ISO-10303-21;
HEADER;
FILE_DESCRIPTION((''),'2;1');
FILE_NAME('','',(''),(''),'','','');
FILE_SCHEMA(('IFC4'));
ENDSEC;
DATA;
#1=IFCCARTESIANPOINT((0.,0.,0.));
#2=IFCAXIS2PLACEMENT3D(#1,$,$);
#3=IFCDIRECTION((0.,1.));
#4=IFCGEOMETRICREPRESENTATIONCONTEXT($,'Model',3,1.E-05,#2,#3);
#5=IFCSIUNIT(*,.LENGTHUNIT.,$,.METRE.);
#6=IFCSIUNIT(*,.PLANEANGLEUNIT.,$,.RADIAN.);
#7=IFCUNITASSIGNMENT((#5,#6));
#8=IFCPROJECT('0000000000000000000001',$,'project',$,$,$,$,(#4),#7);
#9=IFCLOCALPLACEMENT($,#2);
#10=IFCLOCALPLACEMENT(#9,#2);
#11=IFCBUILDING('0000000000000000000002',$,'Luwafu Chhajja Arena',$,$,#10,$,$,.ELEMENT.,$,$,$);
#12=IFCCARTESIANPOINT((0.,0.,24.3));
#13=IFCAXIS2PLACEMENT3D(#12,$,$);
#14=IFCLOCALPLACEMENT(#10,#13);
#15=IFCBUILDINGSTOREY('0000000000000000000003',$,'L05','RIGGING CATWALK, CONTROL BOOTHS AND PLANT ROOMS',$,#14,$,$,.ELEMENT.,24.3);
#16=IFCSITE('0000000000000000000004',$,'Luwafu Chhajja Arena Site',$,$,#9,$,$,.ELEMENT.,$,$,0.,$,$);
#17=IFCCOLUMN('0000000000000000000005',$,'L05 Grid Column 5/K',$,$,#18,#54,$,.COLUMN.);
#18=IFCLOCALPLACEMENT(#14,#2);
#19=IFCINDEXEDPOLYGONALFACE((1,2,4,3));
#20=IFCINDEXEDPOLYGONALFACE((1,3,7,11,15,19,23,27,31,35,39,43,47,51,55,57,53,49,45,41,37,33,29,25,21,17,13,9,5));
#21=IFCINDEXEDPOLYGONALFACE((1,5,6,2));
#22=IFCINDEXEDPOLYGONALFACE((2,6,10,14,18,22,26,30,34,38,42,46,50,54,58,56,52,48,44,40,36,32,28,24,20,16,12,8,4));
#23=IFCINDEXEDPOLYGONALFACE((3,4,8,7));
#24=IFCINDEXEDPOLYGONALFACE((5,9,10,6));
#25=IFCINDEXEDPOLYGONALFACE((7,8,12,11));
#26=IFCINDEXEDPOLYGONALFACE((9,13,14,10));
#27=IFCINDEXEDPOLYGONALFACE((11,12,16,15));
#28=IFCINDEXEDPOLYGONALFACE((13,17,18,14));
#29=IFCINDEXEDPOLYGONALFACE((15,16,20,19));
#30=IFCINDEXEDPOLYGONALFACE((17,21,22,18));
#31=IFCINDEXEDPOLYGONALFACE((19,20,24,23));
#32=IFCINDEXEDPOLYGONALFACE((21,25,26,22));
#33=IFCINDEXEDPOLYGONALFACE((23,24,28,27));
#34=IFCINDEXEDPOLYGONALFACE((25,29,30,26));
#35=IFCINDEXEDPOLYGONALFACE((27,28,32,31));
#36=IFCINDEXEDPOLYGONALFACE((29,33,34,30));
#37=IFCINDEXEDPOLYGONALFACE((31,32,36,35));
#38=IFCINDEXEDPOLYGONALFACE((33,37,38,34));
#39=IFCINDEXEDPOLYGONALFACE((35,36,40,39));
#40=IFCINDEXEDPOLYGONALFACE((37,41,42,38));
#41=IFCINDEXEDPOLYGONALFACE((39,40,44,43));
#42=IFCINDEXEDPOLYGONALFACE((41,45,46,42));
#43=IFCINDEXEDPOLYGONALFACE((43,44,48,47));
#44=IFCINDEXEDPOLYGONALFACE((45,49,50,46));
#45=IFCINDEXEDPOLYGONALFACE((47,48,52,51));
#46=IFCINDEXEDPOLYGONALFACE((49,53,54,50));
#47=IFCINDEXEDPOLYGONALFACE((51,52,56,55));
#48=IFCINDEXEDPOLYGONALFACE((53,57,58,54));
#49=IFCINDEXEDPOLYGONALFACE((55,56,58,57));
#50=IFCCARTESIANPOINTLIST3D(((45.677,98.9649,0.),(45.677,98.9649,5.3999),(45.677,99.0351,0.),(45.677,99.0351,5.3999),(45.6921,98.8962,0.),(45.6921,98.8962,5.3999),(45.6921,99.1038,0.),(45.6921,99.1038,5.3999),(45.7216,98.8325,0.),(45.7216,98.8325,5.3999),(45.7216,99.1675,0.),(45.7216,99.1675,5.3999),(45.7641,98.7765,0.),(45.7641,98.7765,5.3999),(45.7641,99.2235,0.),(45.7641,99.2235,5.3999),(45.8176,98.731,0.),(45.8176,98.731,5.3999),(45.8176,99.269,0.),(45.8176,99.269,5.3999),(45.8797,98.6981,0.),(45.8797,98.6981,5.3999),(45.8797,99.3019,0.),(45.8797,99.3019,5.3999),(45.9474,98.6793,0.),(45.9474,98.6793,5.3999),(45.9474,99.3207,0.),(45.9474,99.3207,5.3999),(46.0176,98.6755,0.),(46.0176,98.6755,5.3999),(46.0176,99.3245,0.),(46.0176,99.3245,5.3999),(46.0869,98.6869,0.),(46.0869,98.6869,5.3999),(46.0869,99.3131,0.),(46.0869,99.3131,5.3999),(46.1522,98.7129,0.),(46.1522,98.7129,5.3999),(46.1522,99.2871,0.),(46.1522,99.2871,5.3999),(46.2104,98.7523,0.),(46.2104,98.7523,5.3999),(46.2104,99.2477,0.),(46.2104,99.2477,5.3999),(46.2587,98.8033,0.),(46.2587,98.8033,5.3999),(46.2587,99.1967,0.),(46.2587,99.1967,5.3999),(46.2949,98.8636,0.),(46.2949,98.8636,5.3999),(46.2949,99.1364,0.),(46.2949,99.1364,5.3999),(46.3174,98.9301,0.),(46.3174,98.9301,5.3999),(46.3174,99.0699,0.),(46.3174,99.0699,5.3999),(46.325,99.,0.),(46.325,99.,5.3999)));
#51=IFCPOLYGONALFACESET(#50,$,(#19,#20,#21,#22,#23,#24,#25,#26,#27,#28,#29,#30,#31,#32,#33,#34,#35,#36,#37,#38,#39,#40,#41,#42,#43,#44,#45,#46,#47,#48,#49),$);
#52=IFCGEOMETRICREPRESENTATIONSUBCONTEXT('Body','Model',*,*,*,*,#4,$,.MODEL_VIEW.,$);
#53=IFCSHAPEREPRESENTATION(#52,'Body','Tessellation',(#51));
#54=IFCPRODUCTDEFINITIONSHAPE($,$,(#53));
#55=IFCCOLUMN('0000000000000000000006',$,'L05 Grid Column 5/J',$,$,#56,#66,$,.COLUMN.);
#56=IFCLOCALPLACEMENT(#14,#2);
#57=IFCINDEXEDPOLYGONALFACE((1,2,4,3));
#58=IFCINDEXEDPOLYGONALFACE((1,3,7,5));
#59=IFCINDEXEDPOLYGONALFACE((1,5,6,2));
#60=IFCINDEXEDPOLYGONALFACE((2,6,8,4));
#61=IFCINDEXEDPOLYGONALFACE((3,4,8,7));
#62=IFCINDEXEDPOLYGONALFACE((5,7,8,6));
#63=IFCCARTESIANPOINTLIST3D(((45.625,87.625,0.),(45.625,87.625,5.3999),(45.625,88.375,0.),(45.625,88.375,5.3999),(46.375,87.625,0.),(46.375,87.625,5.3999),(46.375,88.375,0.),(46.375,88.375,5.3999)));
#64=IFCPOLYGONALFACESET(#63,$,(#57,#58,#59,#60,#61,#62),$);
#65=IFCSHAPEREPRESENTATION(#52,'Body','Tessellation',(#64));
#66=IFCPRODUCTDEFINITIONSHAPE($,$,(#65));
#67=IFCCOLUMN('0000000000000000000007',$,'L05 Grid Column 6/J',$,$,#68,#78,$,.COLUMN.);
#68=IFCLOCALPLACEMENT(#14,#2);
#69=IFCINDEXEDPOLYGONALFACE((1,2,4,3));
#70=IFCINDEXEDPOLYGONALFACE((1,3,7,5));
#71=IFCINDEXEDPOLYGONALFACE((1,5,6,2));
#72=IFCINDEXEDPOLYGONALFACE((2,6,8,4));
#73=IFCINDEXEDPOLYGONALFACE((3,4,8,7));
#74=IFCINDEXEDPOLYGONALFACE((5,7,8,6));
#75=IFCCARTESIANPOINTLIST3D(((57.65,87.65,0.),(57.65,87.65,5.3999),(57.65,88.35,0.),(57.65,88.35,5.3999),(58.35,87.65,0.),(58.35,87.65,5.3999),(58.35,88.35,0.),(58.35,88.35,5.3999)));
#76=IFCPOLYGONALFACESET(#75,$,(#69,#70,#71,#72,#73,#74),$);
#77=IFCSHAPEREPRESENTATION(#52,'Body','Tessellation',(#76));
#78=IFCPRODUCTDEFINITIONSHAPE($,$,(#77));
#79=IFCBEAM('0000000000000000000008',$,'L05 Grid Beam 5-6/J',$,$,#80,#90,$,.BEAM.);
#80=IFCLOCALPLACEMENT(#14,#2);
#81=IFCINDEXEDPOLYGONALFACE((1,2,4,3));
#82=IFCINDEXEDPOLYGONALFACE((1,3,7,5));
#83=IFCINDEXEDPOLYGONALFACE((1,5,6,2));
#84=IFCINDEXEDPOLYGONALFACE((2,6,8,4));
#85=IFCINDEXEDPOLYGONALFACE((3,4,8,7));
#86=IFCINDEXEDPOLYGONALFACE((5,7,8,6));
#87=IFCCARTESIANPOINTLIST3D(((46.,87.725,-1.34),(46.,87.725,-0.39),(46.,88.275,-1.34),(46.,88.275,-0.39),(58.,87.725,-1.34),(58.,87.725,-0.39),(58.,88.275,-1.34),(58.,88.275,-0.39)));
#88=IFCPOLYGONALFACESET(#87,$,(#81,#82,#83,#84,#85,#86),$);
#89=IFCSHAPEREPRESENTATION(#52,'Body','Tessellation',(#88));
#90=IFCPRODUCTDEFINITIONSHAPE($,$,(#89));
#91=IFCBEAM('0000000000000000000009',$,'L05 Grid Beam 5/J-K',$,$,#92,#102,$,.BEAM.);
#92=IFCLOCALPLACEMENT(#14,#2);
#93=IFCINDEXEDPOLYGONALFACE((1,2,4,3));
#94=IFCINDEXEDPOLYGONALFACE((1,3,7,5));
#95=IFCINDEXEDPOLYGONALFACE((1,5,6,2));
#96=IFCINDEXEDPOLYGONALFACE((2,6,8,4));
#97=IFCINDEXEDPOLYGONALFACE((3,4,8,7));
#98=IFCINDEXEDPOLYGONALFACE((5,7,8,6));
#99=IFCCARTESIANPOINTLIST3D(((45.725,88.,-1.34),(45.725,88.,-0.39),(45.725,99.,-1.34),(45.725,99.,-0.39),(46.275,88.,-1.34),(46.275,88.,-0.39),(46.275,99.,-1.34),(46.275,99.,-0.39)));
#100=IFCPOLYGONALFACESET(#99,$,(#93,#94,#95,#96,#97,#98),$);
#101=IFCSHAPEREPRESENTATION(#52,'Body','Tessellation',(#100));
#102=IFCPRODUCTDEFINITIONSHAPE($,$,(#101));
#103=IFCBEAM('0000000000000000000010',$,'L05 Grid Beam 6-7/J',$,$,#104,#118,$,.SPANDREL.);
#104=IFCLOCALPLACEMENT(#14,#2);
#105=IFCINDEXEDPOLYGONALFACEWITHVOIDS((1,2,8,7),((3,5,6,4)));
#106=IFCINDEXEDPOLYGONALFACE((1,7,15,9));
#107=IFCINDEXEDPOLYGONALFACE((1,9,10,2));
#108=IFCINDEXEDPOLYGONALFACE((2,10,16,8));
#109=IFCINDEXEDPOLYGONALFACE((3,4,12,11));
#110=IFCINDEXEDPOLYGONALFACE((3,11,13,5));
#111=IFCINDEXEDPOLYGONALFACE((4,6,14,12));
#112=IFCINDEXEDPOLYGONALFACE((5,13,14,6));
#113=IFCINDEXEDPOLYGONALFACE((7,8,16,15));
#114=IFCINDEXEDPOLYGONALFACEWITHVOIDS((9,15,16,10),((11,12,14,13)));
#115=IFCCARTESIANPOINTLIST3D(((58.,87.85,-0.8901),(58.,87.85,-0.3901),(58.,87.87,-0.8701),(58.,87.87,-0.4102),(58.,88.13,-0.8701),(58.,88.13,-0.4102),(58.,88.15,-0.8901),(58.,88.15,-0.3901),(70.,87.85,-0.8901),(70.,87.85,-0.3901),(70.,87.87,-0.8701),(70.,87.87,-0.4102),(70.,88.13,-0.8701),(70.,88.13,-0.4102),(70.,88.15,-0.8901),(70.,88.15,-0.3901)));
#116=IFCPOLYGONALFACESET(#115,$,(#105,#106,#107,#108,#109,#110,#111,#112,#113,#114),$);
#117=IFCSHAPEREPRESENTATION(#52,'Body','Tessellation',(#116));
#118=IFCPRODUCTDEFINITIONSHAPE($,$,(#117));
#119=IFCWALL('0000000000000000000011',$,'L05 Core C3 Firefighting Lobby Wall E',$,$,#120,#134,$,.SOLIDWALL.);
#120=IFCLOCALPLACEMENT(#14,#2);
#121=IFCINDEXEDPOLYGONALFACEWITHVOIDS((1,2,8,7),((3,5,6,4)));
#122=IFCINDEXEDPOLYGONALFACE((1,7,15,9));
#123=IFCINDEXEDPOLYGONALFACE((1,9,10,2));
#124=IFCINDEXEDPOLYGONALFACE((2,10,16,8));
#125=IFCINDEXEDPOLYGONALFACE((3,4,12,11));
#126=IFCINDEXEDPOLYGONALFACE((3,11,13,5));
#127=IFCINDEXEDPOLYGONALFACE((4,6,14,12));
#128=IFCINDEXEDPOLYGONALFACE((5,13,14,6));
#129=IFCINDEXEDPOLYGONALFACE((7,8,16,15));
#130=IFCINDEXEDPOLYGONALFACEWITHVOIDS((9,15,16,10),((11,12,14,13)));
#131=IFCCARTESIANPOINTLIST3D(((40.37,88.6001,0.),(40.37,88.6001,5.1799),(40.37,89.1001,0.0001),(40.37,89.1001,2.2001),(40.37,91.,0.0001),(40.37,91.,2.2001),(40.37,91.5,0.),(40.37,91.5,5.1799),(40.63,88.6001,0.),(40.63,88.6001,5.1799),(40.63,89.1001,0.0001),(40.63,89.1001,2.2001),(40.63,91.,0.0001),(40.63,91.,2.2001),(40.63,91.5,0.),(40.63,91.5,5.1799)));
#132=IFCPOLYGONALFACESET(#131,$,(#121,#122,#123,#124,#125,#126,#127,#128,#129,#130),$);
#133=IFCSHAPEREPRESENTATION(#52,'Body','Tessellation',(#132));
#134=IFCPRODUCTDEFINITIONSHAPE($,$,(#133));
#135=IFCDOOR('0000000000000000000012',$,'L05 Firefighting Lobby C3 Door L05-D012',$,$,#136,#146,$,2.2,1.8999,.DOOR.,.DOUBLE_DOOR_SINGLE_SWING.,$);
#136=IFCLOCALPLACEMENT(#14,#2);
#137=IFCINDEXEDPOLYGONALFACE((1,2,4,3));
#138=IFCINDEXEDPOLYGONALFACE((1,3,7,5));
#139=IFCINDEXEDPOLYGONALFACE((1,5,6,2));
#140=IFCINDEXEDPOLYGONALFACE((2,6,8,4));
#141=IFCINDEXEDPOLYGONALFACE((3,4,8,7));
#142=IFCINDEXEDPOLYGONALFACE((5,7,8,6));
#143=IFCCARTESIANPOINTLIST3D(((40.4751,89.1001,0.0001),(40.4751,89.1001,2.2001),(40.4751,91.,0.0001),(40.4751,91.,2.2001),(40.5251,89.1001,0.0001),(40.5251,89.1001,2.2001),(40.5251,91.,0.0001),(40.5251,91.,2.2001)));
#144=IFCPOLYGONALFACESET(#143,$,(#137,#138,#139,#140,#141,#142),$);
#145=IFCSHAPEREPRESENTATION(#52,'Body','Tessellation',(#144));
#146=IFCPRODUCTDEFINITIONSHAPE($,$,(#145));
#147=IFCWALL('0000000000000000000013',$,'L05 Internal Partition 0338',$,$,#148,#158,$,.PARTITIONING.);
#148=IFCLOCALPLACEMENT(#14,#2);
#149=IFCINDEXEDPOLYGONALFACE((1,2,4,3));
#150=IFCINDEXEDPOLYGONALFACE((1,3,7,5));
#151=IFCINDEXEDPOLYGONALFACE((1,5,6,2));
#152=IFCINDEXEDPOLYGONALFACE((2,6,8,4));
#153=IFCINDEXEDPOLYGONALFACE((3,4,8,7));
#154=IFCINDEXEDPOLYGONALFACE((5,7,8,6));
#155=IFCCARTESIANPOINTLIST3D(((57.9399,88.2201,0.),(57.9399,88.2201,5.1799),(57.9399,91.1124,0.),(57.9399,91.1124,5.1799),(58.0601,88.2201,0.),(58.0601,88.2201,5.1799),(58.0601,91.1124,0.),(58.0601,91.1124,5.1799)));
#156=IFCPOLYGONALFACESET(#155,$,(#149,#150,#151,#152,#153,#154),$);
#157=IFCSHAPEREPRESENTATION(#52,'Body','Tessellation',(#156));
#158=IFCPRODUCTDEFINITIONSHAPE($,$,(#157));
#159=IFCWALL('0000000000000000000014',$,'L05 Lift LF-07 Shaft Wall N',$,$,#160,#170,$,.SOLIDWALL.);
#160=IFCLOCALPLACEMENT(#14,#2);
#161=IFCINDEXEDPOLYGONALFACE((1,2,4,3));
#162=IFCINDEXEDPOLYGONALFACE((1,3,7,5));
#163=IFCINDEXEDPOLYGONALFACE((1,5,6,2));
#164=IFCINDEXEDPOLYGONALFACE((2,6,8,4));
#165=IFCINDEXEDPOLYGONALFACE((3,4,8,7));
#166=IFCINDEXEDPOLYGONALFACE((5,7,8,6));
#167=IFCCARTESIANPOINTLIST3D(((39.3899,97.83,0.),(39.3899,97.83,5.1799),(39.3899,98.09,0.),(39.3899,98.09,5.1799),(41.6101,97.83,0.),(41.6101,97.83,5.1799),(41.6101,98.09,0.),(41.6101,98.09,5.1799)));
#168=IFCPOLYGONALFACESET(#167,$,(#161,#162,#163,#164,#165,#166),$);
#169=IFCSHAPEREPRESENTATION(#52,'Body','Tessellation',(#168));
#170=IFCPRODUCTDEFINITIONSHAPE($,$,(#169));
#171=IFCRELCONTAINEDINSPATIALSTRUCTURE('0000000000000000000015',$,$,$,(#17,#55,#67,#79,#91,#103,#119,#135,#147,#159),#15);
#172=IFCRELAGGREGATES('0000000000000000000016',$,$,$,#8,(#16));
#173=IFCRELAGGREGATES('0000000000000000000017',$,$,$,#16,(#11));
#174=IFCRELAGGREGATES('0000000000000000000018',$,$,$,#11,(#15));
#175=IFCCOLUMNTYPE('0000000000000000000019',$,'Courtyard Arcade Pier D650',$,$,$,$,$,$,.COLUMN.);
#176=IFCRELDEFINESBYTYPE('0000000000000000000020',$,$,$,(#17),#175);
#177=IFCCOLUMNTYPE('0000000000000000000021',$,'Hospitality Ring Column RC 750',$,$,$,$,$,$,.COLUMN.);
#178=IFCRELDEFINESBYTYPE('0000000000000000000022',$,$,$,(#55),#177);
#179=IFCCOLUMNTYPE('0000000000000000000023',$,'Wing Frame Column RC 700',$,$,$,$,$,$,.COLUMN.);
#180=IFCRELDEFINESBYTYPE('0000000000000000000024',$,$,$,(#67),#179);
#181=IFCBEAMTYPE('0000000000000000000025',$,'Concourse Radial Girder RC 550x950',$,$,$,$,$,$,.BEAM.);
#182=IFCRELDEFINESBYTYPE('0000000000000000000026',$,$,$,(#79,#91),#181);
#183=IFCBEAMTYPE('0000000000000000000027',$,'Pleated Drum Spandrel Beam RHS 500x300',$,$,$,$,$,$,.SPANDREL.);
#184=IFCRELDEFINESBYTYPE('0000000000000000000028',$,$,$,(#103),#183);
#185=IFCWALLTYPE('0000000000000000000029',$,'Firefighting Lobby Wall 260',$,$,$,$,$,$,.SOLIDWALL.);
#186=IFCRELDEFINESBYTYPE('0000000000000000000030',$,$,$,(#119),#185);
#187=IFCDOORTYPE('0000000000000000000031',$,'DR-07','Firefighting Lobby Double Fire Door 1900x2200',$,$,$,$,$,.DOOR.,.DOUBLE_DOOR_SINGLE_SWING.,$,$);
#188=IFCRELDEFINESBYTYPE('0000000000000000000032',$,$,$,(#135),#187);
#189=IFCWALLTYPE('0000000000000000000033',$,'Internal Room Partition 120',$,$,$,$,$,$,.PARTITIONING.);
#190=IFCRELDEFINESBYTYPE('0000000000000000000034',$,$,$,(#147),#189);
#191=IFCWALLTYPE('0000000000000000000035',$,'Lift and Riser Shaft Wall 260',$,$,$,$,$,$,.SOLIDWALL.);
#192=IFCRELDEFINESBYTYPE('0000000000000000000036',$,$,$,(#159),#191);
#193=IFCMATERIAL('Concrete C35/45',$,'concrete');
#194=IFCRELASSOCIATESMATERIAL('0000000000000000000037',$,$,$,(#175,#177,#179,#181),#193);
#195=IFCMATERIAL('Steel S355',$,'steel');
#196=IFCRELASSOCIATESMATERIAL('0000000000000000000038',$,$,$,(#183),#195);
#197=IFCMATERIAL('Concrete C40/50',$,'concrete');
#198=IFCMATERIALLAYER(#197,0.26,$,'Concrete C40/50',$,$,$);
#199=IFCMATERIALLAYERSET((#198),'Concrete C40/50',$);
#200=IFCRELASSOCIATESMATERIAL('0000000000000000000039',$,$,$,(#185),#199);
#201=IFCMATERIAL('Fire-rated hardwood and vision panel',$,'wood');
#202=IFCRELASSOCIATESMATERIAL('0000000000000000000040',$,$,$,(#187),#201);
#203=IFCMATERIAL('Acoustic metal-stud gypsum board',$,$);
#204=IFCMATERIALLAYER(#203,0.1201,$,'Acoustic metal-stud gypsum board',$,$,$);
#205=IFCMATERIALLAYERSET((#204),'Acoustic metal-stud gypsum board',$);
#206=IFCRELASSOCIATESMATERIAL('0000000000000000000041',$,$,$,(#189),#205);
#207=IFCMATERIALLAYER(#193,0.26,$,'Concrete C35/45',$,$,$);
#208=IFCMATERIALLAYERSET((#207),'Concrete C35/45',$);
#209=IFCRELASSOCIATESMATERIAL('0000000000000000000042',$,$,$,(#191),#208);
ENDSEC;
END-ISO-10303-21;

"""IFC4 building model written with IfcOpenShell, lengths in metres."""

from ifc_helpers import new_model, si_unit, direction, frame, frame_2d, origin, origin_2d, place, context, subcontext, project, spatial, rectangle, hollow_rectangle, circle, extrude, material, layer, layer_set, material_profile, profile_set, type_object, element, fill, save


model = new_model("IFC4")

# Units and contexts
model_context = context("Model", 3, precision=1e-05, world=origin(), true_north=direction((0.0, 1.0)))
body_context = subcontext(model_context, "Body", "Model", "MODEL_VIEW")
ifc_project = project(units=[si_unit("LENGTHUNIT", "METRE"), si_unit("PLANEANGLEUNIT", "RADIAN")], contexts=[model_context])

# Site, building, storey
site_placement = place(None, origin())
site = spatial("IfcSite", under=ifc_project, at=site_placement, Name="Luwafu Chhajja Arena Site", CompositionType="ELEMENT", RefElevation=0.0)
building_placement = place(site_placement, origin())
building = spatial("IfcBuilding", under=site, at=building_placement, Name="Luwafu Chhajja Arena", CompositionType="ELEMENT")
storey_placement = place(building_placement, frame((0.0, 0.0, 24.3)))
storey = spatial("IfcBuildingStorey", under=building, at=storey_placement, Name="L05", Description="RIGGING CATWALK, CONTROL BOOTHS AND PLANT ROOMS", CompositionType="ELEMENT", Elevation=24.3)

# Columns
ifc_material_1 = material(Name="Concrete C35/45", Category="concrete")
ifc_material_profile_1 = material_profile(ifc_material_1, circle(Radius=0.325, at=origin_2d()), Name="RC COL D650")
ifc_profile_set_1 = profile_set([ifc_material_profile_1], Name="Concrete C35/45")
column_type_1 = type_object("IfcColumnType", Name="Courtyard Arcade Pier D650", PredefinedType="COLUMN", material=ifc_profile_set_1)
column_1_placement = place(storey_placement, frame((46.0, 99.0, 0.0), z_axis=(0.0, 0.0, 1.0), x_axis=(1.0, 0.0, 0.0)))
element("IfcColumn", 1, at=column_1_placement, inside=storey, type_object=column_type_1, Name="L05 Grid Column 5/K", PredefinedType="COLUMN", context=body_context, shape_type="SweptSolid", body=[
    extrude(circle(Radius=0.325, at=origin_2d()), origin(), (0.0, 0.0, 1.0), 5.3999),
])
ifc_material_profile_2 = material_profile(ifc_material_1, rectangle(XDim=0.75, YDim=0.75, at=origin_2d()), Name="RC 750x750")
ifc_profile_set_2 = profile_set([ifc_material_profile_2], Name="Concrete C35/45")
column_type_2 = type_object("IfcColumnType", Name="Hospitality Ring Column RC 750", PredefinedType="COLUMN", material=ifc_profile_set_2)
column_2_placement = place(storey_placement, frame((46.0, 88.0, 0.0), z_axis=(0.0, 0.0, 1.0), x_axis=(1.0, 0.0, 0.0)))
element("IfcColumn", 2, at=column_2_placement, inside=storey, type_object=column_type_2, Name="L05 Grid Column 5/J", PredefinedType="COLUMN", context=body_context, shape_type="SweptSolid", body=[
    extrude(rectangle(XDim=0.75, YDim=0.75, at=origin_2d()), origin(), (0.0, 0.0, 1.0), 5.3999),
])
ifc_material_profile_3 = material_profile(ifc_material_1, rectangle(XDim=0.7, YDim=0.7, at=origin_2d()), Name="RC 700x700")
ifc_profile_set_3 = profile_set([ifc_material_profile_3], Name="Concrete C35/45")
column_type_3 = type_object("IfcColumnType", Name="Wing Frame Column RC 700", PredefinedType="COLUMN", material=ifc_profile_set_3)
column_3_placement = place(storey_placement, frame((58.0, 88.0, 0.0), z_axis=(0.0, 0.0, 1.0), x_axis=(1.0, 0.0, 0.0)))
element("IfcColumn", 3, at=column_3_placement, inside=storey, type_object=column_type_3, Name="L05 Grid Column 6/J", PredefinedType="COLUMN", context=body_context, shape_type="SweptSolid", body=[
    extrude(rectangle(XDim=0.7, YDim=0.7, at=origin_2d()), origin(), (0.0, 0.0, 1.0), 5.3999),
])

# Beams
ifc_material_profile_4 = material_profile(ifc_material_1, rectangle(XDim=0.55, YDim=0.95, at=origin_2d()), Name="RC 550x950")
ifc_profile_set_4 = profile_set([ifc_material_profile_4], Name="Concrete C35/45")
beam_type_1 = type_object("IfcBeamType", Name="Concourse Radial Girder RC 550x950", PredefinedType="BEAM", material=ifc_profile_set_4)
beam_1_placement = place(storey_placement, frame((46.0, 88.0, -0.865), z_axis=(1.0, 0.0, 0.0), x_axis=(0.0, 1.0, 0.0)))
element("IfcBeam", 4, at=beam_1_placement, inside=storey, type_object=beam_type_1, Name="L05 Grid Beam 5-6/J", PredefinedType="BEAM", context=body_context, shape_type="SweptSolid", body=[
    extrude(rectangle(XDim=0.55, YDim=0.95, at=origin_2d()), origin(), (0.0, 0.0, 1.0), 12.0),
])
beam_2_placement = place(storey_placement, frame((46.0, 88.0, -0.865), z_axis=(0.0, 1.0, 0.0), x_axis=(-1.0, 0.0, 0.0)))
element("IfcBeam", 5, at=beam_2_placement, inside=storey, type_object=beam_type_1, Name="L05 Grid Beam 5/J-K", PredefinedType="BEAM", context=body_context, shape_type="SweptSolid", body=[
    extrude(rectangle(XDim=0.55, YDim=0.95, at=origin_2d()), origin(), (0.0, 0.0, 1.0), 11.0),
])
ifc_material_2 = material(Name="Steel S355", Category="steel")
ifc_material_profile_5 = material_profile(ifc_material_2, hollow_rectangle(XDim=0.3, YDim=0.5, WallThickness=0.02, at=origin_2d()), Name="RHS 500x300x20")
ifc_profile_set_5 = profile_set([ifc_material_profile_5], Name="Steel S355")
beam_type_2 = type_object("IfcBeamType", Name="Pleated Drum Spandrel Beam RHS 500x300", PredefinedType="SPANDREL", material=ifc_profile_set_5)
beam_3_placement = place(storey_placement, frame((58.0, 88.0, -0.6401), z_axis=(1.0, 0.0, 0.0), x_axis=(0.0, 1.0, 0.0)))
element("IfcBeam", 6, at=beam_3_placement, inside=storey, type_object=beam_type_2, Name="L05 Grid Beam 6-7/J", PredefinedType="SPANDREL", context=body_context, shape_type="SweptSolid", body=[
    extrude(hollow_rectangle(XDim=0.3, YDim=0.5, WallThickness=0.02, at=origin_2d()), origin(), (0.0, 0.0, 1.0), 12.0),
])

# Wall, opening, door
ifc_material_3 = material(Name="Concrete C40/50", Category="concrete")
ifc_layer_1 = layer(ifc_material_3, 0.26, Name="Concrete C40/50")
ifc_layer_set_1 = layer_set([ifc_layer_1], Name="Concrete C40/50")
wall_type_1 = type_object("IfcWallType", Name="Firefighting Lobby Wall 260", PredefinedType="SOLIDWALL", material=ifc_layer_set_1)
wall_1_placement = place(storey_placement, frame((40.5, 88.6001, 0.0), z_axis=(0.0, 0.0, 1.0), x_axis=(0.0, 1.0, 0.0)))
wall_1 = element("IfcWall", 7, at=wall_1_placement, inside=storey, type_object=wall_type_1, Name="L05 Core C3 Firefighting Lobby Wall E", PredefinedType="SOLIDWALL", context=body_context, shape_type="SweptSolid", body=[
    extrude(rectangle(XDim=2.8999, YDim=0.26, at=frame_2d((1.45, 0.0))), origin(), (0.0, 0.0, 1.0), 5.1799),
])
opening_1_placement = place(wall_1_placement, frame((0.5, 0.0, 0.0)))
opening_1 = element("IfcOpeningElement", 8, at=opening_1_placement, cuts=wall_1, PredefinedType="OPENING", context=body_context, shape_type="SweptSolid", body=[
    extrude(rectangle(XDim=1.8999, YDim=2.2, at=frame_2d((0.95, 1.1001))), frame((0.0, 0.1399, 0.0), z_axis=(0.0, -1.0, 0.0), x_axis=(1.0, 0.0, 0.0)), (0.0, 0.0, 1.0), 0.28),
])
ifc_material_4 = material(Name="Fire-rated hardwood and vision panel", Category="wood")
door_type_1 = type_object("IfcDoorType", Name="DR-07", Description="Firefighting Lobby Double Fire Door 1900x2200", OperationType="DOUBLE_DOOR_SINGLE_SWING", PredefinedType="DOOR", material=ifc_material_4)
door_1_placement = place(opening_1_placement, origin())
door_1 = element("IfcDoor", 9, at=door_1_placement, inside=storey, type_object=door_type_1, Name="L05 Firefighting Lobby C3 Door L05-D012", OperationType="DOUBLE_DOOR_SINGLE_SWING", OverallHeight=2.2, OverallWidth=1.8999, PredefinedType="DOOR", context=body_context, shape_type="SweptSolid", body=[
    extrude(rectangle(XDim=1.8999, YDim=2.2, at=frame_2d((0.95, 1.1001))), frame((0.0, 0.0249, 0.0), z_axis=(0.0, -1.0, 0.0), x_axis=(1.0, 0.0, 0.0)), (0.0, 0.0, 1.0), 0.05),
])
fill(opening_1, door_1)

# Wall
ifc_material_5 = material(Name="Acoustic metal-stud gypsum board")
ifc_layer_2 = layer(ifc_material_5, 0.1201, Name="Acoustic metal-stud gypsum board")
ifc_layer_set_2 = layer_set([ifc_layer_2], Name="Acoustic metal-stud gypsum board")
wall_type_2 = type_object("IfcWallType", Name="Internal Room Partition 120", PredefinedType="PARTITIONING", material=ifc_layer_set_2)
wall_2_placement = place(storey_placement, frame((58.0, 88.22, 0.0), z_axis=(0.0, 0.0, 1.0), x_axis=(0.0, 1.0, 0.0)))
element("IfcWall", 10, at=wall_2_placement, inside=storey, type_object=wall_type_2, Name="L05 Internal Partition 0338", PredefinedType="PARTITIONING", context=body_context, shape_type="SweptSolid", body=[
    extrude(rectangle(XDim=2.8923, YDim=0.1201, at=frame_2d((1.4463, 0.0))), origin(), (0.0, 0.0, 1.0), 5.1799),
])
ifc_layer_3 = layer(ifc_material_1, 0.26, Name="Concrete C35/45")
ifc_layer_set_3 = layer_set([ifc_layer_3], Name="Concrete C35/45")
wall_type_3 = type_object("IfcWallType", Name="Lift and Riser Shaft Wall 260", PredefinedType="SOLIDWALL", material=ifc_layer_set_3)

# Wall
wall_3_placement = place(storey_placement, frame((39.3899, 97.96, 0.0), z_axis=(0.0, 0.0, 1.0), x_axis=(1.0, 0.0, 0.0)))
element("IfcWall", 11, at=wall_3_placement, inside=storey, type_object=wall_type_3, Name="L05 Lift LF-07 Shaft Wall N", PredefinedType="SOLIDWALL", context=body_context, shape_type="SweptSolid", body=[
    extrude(rectangle(XDim=2.2202, YDim=0.26, at=frame_2d((1.1101, 0.0))), origin(), (0.0, 0.0, 1.0), 5.1799),
])

save(model, "model.ifc")
